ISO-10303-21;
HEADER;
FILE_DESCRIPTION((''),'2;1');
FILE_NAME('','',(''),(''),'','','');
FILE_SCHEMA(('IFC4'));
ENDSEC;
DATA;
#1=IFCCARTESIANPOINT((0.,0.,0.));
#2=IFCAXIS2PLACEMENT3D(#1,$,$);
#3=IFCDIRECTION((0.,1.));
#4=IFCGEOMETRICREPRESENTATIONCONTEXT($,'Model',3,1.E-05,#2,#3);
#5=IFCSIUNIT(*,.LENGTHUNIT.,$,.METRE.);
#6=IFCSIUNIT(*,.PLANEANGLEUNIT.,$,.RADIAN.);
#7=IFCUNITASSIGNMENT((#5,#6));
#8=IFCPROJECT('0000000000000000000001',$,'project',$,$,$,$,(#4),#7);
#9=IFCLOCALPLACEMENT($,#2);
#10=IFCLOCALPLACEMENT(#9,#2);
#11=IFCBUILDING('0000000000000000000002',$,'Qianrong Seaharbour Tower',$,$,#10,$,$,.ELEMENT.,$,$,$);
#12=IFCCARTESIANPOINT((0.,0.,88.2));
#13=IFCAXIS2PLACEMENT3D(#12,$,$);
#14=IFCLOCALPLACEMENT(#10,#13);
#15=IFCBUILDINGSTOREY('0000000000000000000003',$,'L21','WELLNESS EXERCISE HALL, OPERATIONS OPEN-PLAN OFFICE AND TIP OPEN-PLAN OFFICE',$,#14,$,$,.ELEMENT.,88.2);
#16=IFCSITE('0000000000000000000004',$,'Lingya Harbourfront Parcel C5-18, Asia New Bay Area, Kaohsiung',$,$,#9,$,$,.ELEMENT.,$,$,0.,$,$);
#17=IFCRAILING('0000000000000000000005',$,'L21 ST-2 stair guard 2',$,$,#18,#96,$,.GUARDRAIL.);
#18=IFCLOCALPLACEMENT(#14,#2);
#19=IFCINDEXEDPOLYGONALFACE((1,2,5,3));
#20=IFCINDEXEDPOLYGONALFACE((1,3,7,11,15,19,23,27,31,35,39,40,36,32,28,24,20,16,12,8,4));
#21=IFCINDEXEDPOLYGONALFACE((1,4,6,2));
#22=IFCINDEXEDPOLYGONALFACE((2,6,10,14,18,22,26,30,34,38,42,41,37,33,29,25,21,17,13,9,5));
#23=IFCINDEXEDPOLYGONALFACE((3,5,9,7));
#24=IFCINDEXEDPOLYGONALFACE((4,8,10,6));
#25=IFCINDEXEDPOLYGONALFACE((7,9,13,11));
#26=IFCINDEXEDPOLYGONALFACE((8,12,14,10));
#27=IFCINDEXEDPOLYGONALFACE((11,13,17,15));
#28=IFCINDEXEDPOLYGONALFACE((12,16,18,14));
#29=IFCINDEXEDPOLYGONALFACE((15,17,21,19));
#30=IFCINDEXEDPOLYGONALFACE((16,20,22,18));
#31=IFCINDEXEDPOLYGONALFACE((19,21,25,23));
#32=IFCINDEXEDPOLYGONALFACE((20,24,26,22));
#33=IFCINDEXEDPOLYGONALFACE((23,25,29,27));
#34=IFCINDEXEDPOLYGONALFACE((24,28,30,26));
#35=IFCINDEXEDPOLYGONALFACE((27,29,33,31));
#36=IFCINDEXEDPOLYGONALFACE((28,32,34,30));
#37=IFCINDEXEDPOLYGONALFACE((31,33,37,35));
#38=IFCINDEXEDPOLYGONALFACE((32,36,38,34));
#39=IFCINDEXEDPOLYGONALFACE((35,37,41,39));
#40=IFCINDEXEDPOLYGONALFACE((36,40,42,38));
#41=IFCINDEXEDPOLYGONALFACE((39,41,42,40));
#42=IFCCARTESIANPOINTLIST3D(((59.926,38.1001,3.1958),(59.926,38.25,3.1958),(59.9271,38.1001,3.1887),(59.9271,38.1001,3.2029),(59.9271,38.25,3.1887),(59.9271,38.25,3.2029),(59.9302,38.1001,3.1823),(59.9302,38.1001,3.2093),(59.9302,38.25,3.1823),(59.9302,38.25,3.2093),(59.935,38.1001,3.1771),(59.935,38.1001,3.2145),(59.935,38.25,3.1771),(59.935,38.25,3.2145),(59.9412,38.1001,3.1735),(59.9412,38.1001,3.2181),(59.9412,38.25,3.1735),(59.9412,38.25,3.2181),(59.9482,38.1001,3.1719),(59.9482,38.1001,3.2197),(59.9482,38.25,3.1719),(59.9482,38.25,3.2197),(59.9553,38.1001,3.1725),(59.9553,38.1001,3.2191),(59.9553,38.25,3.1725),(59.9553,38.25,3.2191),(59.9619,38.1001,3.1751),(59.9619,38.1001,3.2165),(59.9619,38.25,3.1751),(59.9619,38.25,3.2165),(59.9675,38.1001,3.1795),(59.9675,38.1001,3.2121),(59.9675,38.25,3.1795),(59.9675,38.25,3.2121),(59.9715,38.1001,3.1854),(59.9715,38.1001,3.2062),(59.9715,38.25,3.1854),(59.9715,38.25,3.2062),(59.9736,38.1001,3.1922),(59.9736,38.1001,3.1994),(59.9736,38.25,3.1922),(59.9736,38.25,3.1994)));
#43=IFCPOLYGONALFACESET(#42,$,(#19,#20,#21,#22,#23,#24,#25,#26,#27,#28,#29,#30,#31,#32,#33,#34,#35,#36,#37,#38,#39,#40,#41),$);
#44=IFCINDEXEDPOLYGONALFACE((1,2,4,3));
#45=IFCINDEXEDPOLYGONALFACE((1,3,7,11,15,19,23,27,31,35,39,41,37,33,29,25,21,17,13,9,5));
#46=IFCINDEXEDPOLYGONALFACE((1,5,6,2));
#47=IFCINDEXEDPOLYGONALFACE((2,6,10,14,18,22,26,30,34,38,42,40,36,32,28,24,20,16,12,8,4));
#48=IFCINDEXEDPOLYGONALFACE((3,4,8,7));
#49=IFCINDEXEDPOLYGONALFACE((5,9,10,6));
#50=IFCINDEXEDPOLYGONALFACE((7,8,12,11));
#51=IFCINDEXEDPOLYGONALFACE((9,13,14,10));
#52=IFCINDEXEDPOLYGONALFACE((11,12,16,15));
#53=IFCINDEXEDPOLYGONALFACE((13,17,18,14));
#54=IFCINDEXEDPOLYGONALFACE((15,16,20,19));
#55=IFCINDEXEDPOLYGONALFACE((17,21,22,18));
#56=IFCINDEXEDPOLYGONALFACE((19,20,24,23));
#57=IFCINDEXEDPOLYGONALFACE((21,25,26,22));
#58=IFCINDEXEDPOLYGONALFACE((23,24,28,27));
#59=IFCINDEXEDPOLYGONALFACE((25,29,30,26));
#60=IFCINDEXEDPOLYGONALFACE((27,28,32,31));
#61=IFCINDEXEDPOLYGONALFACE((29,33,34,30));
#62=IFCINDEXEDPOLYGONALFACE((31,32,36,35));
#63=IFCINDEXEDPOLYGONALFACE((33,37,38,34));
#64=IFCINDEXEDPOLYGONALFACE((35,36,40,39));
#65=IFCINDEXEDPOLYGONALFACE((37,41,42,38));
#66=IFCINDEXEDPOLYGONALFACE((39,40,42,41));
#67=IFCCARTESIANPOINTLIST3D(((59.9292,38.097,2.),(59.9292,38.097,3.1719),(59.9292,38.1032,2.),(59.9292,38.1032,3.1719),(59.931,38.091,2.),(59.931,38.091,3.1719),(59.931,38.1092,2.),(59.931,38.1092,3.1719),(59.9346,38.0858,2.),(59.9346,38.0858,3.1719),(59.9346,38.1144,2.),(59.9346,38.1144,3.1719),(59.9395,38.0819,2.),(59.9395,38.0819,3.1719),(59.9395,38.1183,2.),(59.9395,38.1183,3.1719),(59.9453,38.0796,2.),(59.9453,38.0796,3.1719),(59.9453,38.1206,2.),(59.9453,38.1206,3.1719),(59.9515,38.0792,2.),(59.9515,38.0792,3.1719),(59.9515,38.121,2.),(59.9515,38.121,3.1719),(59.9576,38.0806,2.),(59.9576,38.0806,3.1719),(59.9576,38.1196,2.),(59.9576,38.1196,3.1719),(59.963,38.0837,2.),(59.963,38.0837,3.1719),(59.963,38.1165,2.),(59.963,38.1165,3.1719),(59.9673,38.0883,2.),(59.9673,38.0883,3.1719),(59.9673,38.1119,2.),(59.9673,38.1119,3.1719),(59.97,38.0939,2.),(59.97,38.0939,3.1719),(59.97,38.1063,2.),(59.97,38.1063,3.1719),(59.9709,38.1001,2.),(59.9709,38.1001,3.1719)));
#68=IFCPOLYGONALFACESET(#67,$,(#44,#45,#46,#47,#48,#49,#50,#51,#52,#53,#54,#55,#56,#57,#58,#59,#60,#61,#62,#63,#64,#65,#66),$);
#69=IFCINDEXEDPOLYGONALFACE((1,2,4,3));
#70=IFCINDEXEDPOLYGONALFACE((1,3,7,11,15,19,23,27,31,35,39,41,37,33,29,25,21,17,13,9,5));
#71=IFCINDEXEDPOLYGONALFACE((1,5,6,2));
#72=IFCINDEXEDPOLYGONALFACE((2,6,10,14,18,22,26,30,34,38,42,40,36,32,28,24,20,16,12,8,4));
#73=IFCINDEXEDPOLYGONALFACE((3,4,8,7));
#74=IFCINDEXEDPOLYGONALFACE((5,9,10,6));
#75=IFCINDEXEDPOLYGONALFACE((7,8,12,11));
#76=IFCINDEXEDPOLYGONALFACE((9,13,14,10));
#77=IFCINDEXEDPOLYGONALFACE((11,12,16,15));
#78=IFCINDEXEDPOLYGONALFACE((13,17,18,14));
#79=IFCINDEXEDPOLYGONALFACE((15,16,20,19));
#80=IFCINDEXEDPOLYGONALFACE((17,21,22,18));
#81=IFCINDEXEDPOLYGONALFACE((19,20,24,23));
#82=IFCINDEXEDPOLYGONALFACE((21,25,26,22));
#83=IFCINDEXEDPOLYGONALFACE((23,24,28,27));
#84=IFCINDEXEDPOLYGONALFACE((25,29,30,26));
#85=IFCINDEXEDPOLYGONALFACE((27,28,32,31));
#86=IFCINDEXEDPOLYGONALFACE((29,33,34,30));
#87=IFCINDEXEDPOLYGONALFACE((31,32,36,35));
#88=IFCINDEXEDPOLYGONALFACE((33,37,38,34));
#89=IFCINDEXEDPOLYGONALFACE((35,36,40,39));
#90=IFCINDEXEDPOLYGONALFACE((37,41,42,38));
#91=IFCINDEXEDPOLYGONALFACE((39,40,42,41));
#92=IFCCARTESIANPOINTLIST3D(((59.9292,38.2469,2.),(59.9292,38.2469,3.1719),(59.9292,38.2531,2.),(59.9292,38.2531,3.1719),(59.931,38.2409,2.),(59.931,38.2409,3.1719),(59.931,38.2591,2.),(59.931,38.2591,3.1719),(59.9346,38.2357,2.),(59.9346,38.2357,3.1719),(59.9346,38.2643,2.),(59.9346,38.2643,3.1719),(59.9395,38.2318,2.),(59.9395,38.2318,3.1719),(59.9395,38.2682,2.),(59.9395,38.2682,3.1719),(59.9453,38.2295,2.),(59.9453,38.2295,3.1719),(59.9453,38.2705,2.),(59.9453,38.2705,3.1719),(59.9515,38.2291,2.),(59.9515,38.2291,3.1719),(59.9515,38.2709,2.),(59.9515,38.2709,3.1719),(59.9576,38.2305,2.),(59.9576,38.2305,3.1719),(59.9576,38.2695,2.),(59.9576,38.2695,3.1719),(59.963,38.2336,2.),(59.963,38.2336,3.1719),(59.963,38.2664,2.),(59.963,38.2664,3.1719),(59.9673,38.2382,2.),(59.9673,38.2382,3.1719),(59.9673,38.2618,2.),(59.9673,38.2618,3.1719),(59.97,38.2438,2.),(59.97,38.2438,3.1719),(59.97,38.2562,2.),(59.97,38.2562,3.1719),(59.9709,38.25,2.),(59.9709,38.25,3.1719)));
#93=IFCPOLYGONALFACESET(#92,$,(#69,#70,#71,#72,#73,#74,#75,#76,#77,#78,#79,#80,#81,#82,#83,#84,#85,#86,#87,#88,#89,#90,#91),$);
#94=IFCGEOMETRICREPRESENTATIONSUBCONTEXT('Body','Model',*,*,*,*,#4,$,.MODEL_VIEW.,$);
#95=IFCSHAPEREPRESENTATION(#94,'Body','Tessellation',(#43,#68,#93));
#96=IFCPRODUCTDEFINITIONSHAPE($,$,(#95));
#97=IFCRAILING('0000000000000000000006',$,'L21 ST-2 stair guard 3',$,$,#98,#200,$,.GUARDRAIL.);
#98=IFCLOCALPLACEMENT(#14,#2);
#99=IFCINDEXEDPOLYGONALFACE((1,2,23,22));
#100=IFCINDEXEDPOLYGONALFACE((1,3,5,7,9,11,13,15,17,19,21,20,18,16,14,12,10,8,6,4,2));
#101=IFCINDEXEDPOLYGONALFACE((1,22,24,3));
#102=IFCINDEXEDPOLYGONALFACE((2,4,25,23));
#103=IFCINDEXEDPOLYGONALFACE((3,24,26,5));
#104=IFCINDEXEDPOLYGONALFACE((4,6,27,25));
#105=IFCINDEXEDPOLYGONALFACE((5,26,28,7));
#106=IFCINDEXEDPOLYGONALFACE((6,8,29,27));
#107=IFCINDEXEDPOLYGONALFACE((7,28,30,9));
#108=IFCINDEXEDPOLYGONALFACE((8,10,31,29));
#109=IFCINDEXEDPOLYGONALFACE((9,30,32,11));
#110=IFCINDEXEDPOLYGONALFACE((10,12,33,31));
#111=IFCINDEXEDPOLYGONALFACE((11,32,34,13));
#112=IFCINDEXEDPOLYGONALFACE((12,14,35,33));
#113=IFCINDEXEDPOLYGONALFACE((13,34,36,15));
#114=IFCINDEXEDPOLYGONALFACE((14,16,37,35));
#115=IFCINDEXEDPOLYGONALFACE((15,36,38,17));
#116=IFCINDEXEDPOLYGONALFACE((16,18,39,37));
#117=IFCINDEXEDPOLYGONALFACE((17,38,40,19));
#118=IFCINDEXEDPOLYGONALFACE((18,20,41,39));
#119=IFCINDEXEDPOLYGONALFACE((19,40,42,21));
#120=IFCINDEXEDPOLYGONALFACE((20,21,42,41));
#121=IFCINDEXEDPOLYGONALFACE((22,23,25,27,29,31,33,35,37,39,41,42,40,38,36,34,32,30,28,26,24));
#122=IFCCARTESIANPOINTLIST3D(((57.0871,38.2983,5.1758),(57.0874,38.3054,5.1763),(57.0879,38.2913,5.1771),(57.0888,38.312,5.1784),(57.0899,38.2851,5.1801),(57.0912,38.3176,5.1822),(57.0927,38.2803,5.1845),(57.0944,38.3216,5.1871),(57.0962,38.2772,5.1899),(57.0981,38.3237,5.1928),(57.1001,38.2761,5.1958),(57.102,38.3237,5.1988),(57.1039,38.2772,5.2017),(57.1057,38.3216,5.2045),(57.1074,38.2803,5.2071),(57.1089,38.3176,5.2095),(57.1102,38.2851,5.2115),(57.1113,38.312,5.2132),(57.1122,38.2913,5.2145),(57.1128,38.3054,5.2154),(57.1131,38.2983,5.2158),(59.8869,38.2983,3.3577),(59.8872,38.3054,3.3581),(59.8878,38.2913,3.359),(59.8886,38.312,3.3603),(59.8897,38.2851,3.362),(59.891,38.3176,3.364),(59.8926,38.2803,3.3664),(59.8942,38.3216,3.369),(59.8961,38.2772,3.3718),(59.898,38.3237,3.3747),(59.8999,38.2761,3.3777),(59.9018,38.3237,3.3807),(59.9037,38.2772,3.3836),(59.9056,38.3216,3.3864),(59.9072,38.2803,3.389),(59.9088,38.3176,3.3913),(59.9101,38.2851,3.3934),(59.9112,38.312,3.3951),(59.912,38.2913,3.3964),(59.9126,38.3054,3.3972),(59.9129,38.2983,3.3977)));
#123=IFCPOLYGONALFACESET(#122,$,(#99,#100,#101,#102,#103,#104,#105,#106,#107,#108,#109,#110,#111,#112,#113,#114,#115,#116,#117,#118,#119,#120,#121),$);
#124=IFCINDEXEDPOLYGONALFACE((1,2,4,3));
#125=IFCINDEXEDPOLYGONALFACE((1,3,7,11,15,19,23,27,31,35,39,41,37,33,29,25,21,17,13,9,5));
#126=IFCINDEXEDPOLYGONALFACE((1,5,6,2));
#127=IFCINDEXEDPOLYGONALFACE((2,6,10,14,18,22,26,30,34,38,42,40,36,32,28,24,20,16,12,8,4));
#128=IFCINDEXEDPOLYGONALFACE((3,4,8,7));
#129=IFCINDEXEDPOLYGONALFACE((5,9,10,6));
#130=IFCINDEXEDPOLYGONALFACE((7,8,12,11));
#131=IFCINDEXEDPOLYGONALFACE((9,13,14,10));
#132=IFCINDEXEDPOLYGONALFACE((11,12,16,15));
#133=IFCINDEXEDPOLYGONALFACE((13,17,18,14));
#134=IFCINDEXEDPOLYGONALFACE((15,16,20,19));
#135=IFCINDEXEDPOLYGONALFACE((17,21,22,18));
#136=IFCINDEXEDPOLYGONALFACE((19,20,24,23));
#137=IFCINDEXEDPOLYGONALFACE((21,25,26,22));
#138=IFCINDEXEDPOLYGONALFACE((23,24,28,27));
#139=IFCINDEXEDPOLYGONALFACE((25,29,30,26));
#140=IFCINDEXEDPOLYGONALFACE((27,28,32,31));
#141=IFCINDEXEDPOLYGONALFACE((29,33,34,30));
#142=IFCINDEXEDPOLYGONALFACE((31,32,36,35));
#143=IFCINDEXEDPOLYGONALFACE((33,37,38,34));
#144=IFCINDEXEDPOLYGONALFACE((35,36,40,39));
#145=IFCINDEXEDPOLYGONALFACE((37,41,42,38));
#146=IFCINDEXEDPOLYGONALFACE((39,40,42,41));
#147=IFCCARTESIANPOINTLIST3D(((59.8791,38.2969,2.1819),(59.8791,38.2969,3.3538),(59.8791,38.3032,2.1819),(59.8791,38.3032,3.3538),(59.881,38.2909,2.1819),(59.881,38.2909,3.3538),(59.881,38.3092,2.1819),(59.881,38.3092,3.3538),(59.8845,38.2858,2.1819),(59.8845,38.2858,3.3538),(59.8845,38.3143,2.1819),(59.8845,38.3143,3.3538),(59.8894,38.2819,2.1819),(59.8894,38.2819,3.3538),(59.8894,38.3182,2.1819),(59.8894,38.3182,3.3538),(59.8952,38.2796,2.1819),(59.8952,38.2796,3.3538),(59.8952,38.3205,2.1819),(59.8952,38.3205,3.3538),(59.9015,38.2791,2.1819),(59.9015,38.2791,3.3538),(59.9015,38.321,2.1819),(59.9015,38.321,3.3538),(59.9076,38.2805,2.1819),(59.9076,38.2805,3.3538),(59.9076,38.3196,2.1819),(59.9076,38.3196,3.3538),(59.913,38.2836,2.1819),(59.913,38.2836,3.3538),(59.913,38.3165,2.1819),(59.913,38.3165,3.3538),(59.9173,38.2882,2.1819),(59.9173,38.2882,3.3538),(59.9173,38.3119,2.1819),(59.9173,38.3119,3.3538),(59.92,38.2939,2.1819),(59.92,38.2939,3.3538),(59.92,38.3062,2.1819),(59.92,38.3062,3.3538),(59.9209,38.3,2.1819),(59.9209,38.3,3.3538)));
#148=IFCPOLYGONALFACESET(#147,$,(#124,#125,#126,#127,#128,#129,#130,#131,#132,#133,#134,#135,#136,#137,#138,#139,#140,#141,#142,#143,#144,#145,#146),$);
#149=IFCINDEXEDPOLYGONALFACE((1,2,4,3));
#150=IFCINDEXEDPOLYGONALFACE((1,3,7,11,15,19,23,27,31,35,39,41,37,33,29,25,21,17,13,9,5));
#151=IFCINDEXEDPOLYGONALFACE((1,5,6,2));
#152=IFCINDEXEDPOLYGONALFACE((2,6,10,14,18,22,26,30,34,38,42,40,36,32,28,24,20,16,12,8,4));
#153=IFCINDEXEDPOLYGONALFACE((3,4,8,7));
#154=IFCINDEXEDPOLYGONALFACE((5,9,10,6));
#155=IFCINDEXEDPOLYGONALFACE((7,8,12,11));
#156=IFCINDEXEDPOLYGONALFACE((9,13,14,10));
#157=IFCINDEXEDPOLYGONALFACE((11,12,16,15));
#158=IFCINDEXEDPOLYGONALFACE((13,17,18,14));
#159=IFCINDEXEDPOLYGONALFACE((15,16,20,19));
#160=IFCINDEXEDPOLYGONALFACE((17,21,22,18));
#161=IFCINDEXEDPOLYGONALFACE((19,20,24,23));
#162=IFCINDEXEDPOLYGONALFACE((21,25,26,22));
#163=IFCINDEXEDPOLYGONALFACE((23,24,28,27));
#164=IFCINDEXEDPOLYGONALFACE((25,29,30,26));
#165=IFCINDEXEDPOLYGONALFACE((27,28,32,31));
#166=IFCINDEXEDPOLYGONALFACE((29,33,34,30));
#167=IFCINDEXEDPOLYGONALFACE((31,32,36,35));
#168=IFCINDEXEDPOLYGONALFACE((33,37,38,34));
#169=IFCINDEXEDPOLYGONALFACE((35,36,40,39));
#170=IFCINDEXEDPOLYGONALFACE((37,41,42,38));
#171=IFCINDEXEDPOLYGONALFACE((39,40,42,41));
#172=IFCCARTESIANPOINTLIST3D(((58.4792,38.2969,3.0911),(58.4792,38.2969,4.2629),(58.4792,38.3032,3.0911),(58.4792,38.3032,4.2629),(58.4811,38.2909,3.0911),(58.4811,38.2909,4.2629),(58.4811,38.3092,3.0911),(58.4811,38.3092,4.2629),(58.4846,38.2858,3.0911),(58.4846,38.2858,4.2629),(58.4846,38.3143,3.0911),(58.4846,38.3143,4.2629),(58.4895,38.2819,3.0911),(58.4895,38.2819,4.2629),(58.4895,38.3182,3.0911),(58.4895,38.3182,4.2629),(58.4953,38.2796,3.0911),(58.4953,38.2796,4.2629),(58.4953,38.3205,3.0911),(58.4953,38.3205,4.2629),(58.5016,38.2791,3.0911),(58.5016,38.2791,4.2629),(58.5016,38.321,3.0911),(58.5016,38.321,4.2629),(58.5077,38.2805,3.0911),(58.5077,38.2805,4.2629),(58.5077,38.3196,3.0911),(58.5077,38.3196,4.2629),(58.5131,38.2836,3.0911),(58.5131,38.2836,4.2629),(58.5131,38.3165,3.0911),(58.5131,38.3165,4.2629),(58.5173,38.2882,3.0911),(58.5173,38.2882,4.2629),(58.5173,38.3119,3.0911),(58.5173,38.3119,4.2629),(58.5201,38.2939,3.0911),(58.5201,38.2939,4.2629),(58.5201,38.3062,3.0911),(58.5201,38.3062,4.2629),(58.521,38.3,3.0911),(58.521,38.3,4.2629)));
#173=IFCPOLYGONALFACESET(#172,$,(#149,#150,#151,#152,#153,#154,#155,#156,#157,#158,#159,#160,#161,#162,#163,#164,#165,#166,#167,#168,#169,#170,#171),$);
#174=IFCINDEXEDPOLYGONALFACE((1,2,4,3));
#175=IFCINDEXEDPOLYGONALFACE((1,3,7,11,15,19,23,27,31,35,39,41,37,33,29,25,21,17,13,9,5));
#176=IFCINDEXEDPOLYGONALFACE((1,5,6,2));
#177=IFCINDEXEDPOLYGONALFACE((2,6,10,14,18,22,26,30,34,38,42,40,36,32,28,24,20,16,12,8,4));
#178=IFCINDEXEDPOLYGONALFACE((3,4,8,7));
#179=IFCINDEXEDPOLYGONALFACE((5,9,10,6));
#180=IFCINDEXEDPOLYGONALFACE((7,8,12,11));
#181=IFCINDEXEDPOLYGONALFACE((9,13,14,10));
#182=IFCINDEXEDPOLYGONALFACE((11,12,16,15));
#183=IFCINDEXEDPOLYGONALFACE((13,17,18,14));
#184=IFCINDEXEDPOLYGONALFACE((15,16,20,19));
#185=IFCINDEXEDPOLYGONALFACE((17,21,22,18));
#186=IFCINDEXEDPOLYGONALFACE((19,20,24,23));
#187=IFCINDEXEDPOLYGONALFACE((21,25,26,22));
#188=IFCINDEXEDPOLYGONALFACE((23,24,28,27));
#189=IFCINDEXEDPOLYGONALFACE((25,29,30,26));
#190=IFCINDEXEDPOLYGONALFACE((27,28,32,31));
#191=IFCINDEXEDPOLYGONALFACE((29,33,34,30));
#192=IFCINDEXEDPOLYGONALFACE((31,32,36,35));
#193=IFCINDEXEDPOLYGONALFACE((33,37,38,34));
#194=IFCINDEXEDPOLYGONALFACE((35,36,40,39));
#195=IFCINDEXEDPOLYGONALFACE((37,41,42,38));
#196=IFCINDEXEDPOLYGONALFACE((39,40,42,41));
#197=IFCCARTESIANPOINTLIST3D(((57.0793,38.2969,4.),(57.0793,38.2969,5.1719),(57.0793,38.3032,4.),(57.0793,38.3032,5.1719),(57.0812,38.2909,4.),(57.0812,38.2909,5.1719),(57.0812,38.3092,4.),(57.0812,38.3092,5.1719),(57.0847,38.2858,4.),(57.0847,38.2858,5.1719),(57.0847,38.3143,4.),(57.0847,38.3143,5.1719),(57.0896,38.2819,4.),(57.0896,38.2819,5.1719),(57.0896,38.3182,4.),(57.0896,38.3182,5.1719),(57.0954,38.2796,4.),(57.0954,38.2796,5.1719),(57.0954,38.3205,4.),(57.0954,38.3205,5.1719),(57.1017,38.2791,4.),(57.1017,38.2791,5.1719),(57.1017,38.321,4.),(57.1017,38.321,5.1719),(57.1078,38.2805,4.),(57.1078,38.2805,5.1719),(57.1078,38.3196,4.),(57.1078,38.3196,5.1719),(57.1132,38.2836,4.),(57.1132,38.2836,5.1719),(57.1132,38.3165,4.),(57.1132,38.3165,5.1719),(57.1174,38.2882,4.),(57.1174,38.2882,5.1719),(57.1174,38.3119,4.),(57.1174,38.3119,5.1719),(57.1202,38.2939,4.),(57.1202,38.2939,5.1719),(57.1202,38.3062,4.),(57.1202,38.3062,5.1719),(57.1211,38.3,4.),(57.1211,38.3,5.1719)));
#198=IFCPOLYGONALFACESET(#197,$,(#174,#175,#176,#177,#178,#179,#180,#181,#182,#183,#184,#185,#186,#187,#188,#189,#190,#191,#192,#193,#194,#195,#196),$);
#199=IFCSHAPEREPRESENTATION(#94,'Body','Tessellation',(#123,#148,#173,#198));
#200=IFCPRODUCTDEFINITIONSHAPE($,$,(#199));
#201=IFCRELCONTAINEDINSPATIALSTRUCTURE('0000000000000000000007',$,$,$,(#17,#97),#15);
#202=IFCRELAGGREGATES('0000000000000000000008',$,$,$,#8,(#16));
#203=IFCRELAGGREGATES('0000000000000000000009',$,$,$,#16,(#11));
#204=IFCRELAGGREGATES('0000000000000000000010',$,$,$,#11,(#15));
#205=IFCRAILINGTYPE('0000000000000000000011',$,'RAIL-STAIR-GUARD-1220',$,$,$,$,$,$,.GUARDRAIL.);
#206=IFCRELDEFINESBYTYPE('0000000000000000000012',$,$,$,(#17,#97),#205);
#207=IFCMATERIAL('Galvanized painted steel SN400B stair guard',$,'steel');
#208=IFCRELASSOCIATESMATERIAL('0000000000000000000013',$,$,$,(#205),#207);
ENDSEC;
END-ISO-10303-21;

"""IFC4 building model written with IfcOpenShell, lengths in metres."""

from ifc_helpers import new_model, si_unit, direction, frame, origin, origin_2d, place, context, subcontext, project, spatial, circle, extrude, material, type_object, element, save


model = new_model("IFC4")

# Units and contexts
model_context = context("Model", 3, precision=1e-05, world=origin(), true_north=direction((0.0, 1.0)))
body_context = subcontext(model_context, "Body", "Model", "MODEL_VIEW")
ifc_project = project(units=[si_unit("LENGTHUNIT", "METRE"), si_unit("PLANEANGLEUNIT", "RADIAN")], contexts=[model_context])

# Site, building, storey
site_placement = place(None, origin())
site = spatial("IfcSite", under=ifc_project, at=site_placement, Name="Lingya Harbourfront Parcel C5-18, Asia New Bay Area, Kaohsiung", CompositionType="ELEMENT", RefElevation=0.0)
building_placement = place(site_placement, origin())
building = spatial("IfcBuilding", under=site, at=building_placement, Name="Qianrong Seaharbour Tower", CompositionType="ELEMENT")
storey_placement = place(building_placement, frame((0.0, 0.0, 88.2)))
storey = spatial("IfcBuildingStorey", under=building, at=storey_placement, Name="L21", Description="WELLNESS EXERCISE HALL, OPERATIONS OPEN-PLAN OFFICE AND TIP OPEN-PLAN OFFICE", CompositionType="ELEMENT", Elevation=88.2)

# Railings
ifc_material_1 = material(Name="Galvanized painted steel SN400B stair guard", Category="steel")
railing_type_1 = type_object("IfcRailingType", Name="RAIL-STAIR-GUARD-1220", PredefinedType="GUARDRAIL", material=ifc_material_1)
railing_1_placement = place(storey_placement, frame((59.95, 38.1001, 2.0)))
element("IfcRailing", 1, at=railing_1_placement, inside=storey, type_object=railing_type_1, Name="L21 ST-2 stair guard 2", PredefinedType="GUARDRAIL", context=body_context, shape_type="SweptSolid", body=[
    extrude(circle(Radius=0.0239, at=origin_2d()), frame((0.0, 0.0, 1.1958), z_axis=(0.0, 1.0, 0.0), x_axis=(-1.0, 0.0, 0.0)), (0.0, 0.0, 1.0), 0.1499),
    extrude(circle(Radius=0.021, at=origin_2d()), origin(), (0.0, 0.0, 1.0), 1.1719),
    extrude(circle(Radius=0.021, at=origin_2d()), frame((0.0, 0.1499, 0.0)), (0.0, 0.0, 1.0), 1.1719),
])
railing_2_placement = place(storey_placement, frame((59.8999, 38.3, 2.1819)))
element("IfcRailing", 2, at=railing_2_placement, inside=storey, type_object=railing_type_1, Name="L21 ST-2 stair guard 3", PredefinedType="GUARDRAIL", context=body_context, shape_type="SweptSolid", body=[
    extrude(circle(Radius=0.0239, at=origin_2d()), frame((0.0, 0.0, 1.1958), z_axis=(-0.838684, 0.0, 0.544618), x_axis=(0.0, -1.0, 0.0)), (0.0, 0.0, 1.0), 3.3384),
    extrude(circle(Radius=0.021, at=origin_2d()), origin(), (0.0, 0.0, 1.0), 1.1719),
    extrude(circle(Radius=0.021, at=origin_2d()), frame((-1.3999, 0.0, 0.9092)), (0.0, 0.0, 1.0), 1.1719),
    extrude(circle(Radius=0.021, at=origin_2d()), frame((-2.7998, 0.0, 1.8181)), (0.0, 0.0, 1.0), 1.1719),
])

save(model, "model.ifc")
